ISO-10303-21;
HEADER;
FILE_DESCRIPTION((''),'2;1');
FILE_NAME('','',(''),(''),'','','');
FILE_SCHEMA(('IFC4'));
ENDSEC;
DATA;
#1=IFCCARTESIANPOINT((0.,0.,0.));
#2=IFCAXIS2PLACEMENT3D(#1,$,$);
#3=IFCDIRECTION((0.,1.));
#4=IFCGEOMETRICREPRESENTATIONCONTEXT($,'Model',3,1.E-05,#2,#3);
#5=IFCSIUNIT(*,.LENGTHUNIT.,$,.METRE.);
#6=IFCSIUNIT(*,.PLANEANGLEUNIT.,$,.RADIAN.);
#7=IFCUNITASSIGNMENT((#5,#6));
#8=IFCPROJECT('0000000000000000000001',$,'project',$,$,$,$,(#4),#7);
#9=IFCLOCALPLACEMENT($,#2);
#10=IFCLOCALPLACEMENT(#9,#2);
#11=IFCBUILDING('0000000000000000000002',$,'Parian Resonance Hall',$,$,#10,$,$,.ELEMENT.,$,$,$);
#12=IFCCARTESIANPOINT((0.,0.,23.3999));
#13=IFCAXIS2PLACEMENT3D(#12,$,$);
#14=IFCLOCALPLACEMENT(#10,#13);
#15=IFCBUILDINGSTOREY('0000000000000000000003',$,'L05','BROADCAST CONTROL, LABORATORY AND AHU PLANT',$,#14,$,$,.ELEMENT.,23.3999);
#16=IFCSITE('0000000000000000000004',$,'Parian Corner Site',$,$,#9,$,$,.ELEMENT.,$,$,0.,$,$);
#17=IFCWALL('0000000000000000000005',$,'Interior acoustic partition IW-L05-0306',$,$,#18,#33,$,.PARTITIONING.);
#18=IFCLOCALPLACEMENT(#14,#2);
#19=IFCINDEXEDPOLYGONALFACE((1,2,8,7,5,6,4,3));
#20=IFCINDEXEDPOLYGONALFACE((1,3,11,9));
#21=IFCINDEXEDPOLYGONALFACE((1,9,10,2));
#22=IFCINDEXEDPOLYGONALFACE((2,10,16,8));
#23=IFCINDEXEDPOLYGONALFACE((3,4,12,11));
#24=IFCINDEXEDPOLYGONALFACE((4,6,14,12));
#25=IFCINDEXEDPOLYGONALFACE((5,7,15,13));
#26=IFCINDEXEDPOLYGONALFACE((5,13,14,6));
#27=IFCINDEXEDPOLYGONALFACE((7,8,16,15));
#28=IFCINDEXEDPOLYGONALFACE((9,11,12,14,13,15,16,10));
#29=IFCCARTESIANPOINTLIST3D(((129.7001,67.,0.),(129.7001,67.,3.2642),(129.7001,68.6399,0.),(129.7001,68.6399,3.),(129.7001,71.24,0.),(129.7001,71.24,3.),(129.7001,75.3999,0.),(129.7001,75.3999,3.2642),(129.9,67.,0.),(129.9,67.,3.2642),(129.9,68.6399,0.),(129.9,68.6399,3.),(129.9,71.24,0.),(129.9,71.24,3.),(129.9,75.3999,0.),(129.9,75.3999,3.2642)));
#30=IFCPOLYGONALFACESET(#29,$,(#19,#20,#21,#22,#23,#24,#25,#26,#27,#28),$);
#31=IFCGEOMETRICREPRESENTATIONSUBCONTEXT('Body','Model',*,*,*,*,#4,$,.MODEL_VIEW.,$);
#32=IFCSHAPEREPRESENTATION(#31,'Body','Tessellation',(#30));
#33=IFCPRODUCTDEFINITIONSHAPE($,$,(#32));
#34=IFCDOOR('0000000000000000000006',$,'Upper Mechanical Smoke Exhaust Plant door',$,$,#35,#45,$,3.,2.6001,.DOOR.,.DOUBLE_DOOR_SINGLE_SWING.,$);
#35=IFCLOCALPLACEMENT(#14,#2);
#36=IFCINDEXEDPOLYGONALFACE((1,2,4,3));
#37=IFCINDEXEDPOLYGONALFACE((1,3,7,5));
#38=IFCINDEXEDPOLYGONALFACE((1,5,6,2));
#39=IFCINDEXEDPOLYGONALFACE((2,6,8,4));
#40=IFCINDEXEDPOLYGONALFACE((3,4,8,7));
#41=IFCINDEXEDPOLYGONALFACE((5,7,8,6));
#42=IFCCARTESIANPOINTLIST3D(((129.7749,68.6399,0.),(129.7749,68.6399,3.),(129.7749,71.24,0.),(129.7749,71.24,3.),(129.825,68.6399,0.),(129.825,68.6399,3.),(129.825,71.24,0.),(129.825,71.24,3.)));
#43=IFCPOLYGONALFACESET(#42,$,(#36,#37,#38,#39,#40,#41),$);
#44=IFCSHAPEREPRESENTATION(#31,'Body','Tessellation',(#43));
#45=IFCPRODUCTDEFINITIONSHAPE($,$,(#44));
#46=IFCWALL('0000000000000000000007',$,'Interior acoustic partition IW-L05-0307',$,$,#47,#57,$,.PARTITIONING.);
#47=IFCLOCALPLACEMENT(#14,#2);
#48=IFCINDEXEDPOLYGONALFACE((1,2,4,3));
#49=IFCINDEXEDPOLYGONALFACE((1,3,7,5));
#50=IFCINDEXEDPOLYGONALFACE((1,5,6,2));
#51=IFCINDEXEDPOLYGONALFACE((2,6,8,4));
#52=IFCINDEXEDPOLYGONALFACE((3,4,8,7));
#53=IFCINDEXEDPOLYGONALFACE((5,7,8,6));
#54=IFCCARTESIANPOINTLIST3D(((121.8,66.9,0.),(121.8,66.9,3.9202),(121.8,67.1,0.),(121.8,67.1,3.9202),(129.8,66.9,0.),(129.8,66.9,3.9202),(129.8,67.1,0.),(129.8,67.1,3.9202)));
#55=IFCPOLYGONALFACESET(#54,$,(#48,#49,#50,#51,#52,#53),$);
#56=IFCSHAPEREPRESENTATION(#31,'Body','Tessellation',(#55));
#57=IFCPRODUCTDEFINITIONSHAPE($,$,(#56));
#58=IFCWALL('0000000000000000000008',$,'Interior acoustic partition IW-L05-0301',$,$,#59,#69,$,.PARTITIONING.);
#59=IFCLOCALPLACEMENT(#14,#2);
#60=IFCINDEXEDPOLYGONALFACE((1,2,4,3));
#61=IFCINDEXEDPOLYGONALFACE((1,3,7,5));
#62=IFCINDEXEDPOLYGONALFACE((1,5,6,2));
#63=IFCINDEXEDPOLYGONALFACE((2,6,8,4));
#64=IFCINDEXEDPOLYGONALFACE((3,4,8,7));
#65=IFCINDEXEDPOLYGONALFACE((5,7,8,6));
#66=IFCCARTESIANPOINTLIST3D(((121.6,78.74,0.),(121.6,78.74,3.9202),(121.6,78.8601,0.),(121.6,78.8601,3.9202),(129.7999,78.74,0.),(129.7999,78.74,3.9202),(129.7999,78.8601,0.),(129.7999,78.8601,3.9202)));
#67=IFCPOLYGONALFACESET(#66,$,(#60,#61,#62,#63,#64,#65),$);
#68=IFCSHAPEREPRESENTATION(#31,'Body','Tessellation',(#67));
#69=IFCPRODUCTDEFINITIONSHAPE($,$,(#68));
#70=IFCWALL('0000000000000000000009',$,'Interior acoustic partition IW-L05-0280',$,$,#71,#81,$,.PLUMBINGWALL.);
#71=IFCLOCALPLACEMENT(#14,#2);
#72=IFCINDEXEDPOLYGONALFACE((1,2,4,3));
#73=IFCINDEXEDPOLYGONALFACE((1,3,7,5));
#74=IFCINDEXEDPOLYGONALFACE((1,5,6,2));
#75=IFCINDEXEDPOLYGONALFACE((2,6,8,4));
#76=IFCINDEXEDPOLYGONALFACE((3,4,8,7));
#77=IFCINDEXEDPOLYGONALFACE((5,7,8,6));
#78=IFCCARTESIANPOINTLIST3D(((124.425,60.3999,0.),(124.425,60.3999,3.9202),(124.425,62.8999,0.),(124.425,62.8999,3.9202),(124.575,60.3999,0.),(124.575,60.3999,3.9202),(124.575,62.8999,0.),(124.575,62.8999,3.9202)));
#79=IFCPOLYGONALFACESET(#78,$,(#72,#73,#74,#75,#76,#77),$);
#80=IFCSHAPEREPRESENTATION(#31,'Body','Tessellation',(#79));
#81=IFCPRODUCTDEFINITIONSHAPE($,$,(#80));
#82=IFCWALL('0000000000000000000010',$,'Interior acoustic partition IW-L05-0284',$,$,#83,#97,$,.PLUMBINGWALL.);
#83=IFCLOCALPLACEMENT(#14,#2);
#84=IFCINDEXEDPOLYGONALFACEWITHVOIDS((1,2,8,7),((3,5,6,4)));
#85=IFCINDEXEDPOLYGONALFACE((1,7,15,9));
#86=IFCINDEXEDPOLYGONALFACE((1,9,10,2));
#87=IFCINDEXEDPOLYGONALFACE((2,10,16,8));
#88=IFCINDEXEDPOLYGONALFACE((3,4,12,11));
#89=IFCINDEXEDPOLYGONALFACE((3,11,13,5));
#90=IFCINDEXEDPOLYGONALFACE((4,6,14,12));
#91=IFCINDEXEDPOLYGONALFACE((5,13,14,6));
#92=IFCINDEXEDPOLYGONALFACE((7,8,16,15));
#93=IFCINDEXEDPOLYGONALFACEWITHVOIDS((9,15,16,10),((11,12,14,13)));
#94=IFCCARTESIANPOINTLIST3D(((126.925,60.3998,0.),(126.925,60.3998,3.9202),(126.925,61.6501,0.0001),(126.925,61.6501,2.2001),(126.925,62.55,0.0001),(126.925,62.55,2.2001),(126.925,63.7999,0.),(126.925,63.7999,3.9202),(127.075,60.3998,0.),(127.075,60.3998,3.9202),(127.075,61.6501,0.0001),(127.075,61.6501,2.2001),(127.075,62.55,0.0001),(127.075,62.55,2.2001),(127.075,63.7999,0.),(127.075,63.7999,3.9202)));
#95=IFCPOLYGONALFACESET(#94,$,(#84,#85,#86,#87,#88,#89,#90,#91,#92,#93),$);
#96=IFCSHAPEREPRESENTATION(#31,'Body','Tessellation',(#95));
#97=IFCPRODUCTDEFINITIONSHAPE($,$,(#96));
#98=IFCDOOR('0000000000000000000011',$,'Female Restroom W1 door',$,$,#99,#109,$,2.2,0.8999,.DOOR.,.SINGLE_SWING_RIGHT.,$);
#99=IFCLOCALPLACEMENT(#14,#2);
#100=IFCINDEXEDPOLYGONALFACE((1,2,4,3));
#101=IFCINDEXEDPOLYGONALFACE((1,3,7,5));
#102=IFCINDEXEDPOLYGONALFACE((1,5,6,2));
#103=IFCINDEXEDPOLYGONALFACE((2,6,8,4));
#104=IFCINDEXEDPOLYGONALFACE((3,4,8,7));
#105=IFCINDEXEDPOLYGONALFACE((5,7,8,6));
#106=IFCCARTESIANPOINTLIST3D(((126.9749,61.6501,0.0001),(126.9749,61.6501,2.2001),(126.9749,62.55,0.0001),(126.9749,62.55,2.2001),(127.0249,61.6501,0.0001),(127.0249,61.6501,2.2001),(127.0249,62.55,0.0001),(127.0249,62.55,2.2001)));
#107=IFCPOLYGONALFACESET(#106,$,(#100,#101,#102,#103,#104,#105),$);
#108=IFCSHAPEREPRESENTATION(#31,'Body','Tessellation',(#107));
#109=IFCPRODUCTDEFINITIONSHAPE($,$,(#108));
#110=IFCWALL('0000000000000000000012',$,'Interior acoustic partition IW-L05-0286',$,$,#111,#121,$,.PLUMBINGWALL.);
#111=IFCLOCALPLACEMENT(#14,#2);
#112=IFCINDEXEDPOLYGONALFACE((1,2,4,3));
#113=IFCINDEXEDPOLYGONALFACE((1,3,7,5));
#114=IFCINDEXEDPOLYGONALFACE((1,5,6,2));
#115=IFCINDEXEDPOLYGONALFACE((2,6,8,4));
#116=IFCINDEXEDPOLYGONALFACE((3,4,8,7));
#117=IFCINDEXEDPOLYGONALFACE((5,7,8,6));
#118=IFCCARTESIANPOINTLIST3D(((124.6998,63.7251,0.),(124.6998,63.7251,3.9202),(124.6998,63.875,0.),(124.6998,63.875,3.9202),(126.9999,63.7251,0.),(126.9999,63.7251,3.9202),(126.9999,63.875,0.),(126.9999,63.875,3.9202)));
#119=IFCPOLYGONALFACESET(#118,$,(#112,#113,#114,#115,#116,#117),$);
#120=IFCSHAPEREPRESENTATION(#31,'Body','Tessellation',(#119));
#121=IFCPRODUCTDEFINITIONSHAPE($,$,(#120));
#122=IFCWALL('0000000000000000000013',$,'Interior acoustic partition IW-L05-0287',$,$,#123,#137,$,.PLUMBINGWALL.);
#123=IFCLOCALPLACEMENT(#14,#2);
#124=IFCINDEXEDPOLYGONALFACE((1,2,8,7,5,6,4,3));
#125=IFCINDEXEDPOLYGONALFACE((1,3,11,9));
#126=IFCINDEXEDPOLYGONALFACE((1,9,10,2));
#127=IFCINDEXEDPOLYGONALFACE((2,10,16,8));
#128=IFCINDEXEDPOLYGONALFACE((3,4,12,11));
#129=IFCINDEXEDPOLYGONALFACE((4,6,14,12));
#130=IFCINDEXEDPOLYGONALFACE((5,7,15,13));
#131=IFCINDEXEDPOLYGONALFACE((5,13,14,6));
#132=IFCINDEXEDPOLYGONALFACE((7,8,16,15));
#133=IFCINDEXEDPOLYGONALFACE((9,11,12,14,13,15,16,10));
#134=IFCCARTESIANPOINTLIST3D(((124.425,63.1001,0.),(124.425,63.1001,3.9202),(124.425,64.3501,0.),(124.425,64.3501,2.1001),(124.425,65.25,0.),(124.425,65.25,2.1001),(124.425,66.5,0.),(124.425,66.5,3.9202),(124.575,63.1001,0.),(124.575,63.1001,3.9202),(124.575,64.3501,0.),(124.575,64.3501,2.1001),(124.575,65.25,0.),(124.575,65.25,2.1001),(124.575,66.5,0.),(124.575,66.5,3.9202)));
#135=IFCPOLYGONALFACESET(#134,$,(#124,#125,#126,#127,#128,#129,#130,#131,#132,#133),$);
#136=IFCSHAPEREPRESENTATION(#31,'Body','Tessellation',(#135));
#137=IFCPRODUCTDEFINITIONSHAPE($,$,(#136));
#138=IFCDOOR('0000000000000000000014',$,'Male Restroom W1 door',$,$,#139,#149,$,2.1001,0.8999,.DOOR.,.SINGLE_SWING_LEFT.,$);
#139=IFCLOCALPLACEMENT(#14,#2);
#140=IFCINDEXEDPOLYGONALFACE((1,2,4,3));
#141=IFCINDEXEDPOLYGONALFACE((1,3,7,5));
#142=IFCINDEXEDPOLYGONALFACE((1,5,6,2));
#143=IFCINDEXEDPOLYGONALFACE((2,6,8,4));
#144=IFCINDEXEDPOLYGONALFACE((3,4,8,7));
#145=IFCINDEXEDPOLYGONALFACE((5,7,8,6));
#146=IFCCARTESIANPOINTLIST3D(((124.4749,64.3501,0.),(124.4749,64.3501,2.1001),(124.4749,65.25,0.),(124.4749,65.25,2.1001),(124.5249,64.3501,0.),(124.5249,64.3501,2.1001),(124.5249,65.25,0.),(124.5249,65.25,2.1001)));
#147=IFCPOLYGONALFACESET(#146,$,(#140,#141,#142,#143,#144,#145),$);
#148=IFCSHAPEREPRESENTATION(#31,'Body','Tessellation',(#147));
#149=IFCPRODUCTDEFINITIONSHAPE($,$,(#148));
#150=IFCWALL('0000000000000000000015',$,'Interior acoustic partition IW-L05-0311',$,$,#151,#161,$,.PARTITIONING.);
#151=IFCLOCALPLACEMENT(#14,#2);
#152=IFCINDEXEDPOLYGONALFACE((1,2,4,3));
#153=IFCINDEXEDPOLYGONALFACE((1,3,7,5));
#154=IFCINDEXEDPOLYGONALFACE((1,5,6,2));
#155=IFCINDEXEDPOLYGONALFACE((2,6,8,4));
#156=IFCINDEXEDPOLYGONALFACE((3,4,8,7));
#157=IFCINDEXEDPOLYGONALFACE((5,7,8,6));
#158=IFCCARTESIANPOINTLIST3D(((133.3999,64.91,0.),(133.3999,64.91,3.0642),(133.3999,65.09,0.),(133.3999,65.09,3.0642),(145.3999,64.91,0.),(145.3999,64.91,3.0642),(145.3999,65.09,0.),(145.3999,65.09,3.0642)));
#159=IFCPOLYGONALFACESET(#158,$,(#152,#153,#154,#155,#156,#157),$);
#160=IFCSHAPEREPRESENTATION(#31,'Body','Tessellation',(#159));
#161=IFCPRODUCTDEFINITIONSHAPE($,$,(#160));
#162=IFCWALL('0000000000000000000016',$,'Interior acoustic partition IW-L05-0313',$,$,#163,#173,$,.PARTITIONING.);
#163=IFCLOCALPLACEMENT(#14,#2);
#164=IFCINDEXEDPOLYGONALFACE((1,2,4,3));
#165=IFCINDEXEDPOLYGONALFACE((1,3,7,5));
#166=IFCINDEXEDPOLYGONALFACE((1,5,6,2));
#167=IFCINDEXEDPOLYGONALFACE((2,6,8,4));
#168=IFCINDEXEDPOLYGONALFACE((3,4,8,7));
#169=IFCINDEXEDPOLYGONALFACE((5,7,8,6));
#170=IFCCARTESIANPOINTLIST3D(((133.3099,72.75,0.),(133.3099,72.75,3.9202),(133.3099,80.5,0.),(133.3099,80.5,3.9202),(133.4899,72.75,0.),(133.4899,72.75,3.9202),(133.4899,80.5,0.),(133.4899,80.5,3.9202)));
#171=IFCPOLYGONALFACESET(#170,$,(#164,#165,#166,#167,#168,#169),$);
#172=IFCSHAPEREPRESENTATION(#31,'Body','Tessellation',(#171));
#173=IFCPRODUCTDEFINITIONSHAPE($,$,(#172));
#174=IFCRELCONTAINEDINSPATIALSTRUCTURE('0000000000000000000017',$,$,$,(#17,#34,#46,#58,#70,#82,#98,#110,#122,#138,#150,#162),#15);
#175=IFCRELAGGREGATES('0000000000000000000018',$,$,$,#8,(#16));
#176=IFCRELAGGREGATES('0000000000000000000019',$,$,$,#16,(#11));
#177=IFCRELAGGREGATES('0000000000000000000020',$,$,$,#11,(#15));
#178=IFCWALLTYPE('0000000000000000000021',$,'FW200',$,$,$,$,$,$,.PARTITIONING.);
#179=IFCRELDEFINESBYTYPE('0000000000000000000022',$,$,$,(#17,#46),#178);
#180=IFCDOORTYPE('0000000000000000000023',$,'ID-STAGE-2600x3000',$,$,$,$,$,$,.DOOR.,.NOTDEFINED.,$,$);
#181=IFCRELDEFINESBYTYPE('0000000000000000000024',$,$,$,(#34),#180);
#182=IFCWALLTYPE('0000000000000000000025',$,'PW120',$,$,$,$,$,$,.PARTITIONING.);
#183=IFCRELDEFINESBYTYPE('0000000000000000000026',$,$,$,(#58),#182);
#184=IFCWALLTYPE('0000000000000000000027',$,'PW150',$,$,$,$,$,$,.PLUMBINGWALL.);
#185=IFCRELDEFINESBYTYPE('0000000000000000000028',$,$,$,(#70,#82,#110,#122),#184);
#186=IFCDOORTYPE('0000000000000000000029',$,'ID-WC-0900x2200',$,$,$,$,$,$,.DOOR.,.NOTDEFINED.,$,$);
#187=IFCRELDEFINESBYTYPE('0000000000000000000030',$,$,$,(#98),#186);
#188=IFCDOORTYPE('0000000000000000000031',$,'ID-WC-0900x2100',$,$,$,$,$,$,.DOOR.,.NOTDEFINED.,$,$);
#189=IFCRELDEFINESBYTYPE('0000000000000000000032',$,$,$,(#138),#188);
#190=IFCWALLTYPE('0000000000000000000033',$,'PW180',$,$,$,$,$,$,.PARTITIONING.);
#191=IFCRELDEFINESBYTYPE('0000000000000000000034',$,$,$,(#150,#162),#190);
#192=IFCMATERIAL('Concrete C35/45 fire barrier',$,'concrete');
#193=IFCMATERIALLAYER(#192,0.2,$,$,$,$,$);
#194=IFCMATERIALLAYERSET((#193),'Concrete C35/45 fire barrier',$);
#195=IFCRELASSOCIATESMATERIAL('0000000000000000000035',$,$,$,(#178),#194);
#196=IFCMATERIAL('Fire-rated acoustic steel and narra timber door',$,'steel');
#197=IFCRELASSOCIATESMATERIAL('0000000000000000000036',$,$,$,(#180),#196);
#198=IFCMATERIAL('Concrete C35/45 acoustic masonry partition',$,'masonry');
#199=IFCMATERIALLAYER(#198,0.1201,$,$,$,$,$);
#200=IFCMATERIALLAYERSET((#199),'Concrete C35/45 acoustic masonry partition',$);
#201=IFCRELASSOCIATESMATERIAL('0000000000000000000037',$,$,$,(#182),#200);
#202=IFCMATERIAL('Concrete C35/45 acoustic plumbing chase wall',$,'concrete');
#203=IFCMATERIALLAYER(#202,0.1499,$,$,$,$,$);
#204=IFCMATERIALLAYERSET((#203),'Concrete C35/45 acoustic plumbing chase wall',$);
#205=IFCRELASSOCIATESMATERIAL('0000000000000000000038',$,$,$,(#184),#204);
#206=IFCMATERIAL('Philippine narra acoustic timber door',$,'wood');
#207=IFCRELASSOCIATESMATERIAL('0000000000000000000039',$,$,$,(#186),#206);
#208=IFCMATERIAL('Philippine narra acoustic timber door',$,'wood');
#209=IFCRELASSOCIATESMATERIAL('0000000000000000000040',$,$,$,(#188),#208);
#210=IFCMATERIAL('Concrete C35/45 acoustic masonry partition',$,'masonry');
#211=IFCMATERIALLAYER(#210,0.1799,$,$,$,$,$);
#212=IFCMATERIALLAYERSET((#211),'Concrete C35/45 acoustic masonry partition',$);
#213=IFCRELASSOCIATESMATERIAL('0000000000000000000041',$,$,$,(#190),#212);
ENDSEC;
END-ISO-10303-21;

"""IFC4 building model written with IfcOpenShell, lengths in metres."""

from ifc_helpers import new_model, si_unit, direction, frame, frame_2d, origin, place, context, subcontext, project, spatial, rectangle, extrude, material, layer, layer_set, type_object, element, fill, save


model = new_model("IFC4")

# Units and contexts
model_context = context("Model", 3, precision=1e-05, world=origin(), true_north=direction((0.0, 1.0)))
body_context = subcontext(model_context, "Body", "Model", "MODEL_VIEW")
ifc_project = project(units=[si_unit("LENGTHUNIT", "METRE"), si_unit("PLANEANGLEUNIT", "RADIAN")], contexts=[model_context])

# Site, building, storey
site_placement = place(None, origin())
site = spatial("IfcSite", under=ifc_project, at=site_placement, Name="Parian Corner Site", CompositionType="ELEMENT", RefElevation=0.0)
building_placement = place(site_placement, origin())
building = spatial("IfcBuilding", under=site, at=building_placement, Name="Parian Resonance Hall", CompositionType="ELEMENT")
storey_placement = place(building_placement, frame((0.0, 0.0, 23.3999)))
storey = spatial("IfcBuildingStorey", under=building, at=storey_placement, Name="L05", Description="BROADCAST CONTROL, LABORATORY AND AHU PLANT", CompositionType="ELEMENT", Elevation=23.3999)

# Shared definitions
ifc_material_1 = material(Name="Concrete C35/45 fire barrier", Category="concrete")
ifc_layer_1 = layer(ifc_material_1, 0.2)
ifc_layer_set_1 = layer_set([ifc_layer_1], Name="Concrete C35/45 fire barrier")
wall_type_1 = type_object("IfcWallType", Name="FW200", PredefinedType="PARTITIONING", material=ifc_layer_set_1)

# Wall, opening, door
wall_1_placement = place(storey_placement, frame((129.8, 75.3999, 0.0), z_axis=(0.0, 0.0, 1.0), x_axis=(0.0, -1.0, 0.0)))
wall_1 = element("IfcWall", 1, at=wall_1_placement, inside=storey, type_object=wall_type_1, Name="Interior acoustic partition IW-L05-0306", PredefinedType="PARTITIONING", context=body_context, shape_type="SweptSolid", body=[
    extrude(rectangle(XDim=8.3999, YDim=0.2, at=frame_2d((4.2, 0.0))), origin(), (0.0, 0.0, 1.0), 3.2642),
])
opening_1_placement = place(wall_1_placement, frame((4.1599, 0.0, 0.0)))
opening_1 = element("IfcOpeningElement", 2, at=opening_1_placement, cuts=wall_1, PredefinedType="OPENING", context=body_context, shape_type="SweptSolid", body=[
    extrude(rectangle(XDim=2.6001, YDim=3.0, at=frame_2d((1.3, 1.5))), frame((0.0, 0.1099, 0.0), z_axis=(0.0, -1.0, 0.0), x_axis=(1.0, 0.0, 0.0)), (0.0, 0.0, 1.0), 0.22),
])
ifc_material_2 = material(Name="Fire-rated acoustic steel and narra timber door", Category="steel")
door_type_1 = type_object("IfcDoorType", Name="ID-STAGE-2600x3000", OperationType="NOTDEFINED", PredefinedType="DOOR", material=ifc_material_2)
door_1_placement = place(opening_1_placement, origin())
door_1 = element("IfcDoor", 3, at=door_1_placement, inside=storey, type_object=door_type_1, Name="Upper Mechanical Smoke Exhaust Plant door", OperationType="DOUBLE_DOOR_SINGLE_SWING", OverallHeight=3.0, OverallWidth=2.6001, PredefinedType="DOOR", context=body_context, shape_type="SweptSolid", body=[
    extrude(rectangle(XDim=2.6001, YDim=3.0, at=frame_2d((1.3, 1.5))), frame((0.0, 0.0249, 0.0), z_axis=(0.0, -1.0, 0.0), x_axis=(1.0, 0.0, 0.0)), (0.0, 0.0, 1.0), 0.05),
])
fill(opening_1, door_1)

# Walls
wall_2_placement = place(storey_placement, frame((129.8, 67.0, 0.0), z_axis=(0.0, 0.0, 1.0), x_axis=(-1.0, 0.0, 0.0)))
element("IfcWall", 4, at=wall_2_placement, inside=storey, type_object=wall_type_1, Name="Interior acoustic partition IW-L05-0307", PredefinedType="PARTITIONING", context=body_context, shape_type="SweptSolid", body=[
    extrude(rectangle(XDim=8.0, YDim=0.2, at=frame_2d((4.0, 0.0))), origin(), (0.0, 0.0, 1.0), 3.9202),
])
ifc_material_3 = material(Name="Concrete C35/45 acoustic masonry partition", Category="masonry")
ifc_layer_2 = layer(ifc_material_3, 0.1201)
ifc_layer_set_2 = layer_set([ifc_layer_2], Name="Concrete C35/45 acoustic masonry partition")
wall_type_2 = type_object("IfcWallType", Name="PW120", PredefinedType="PARTITIONING", material=ifc_layer_set_2)
wall_3_placement = place(storey_placement, frame((129.8, 78.8, 0.0), z_axis=(0.0, 0.0, 1.0), x_axis=(-1.0, 0.0, 0.0)))
element("IfcWall", 5, at=wall_3_placement, inside=storey, type_object=wall_type_2, Name="Interior acoustic partition IW-L05-0301", PredefinedType="PARTITIONING", context=body_context, shape_type="SweptSolid", body=[
    extrude(rectangle(XDim=8.2, YDim=0.1201, at=frame_2d((4.1001, 0.0))), origin(), (0.0, 0.0, 1.0), 3.9202),
])
ifc_material_4 = material(Name="Concrete C35/45 acoustic plumbing chase wall", Category="concrete")
ifc_layer_3 = layer(ifc_material_4, 0.1499)
ifc_layer_set_3 = layer_set([ifc_layer_3], Name="Concrete C35/45 acoustic plumbing chase wall")
wall_type_3 = type_object("IfcWallType", Name="PW150", PredefinedType="PLUMBINGWALL", material=ifc_layer_set_3)
wall_4_placement = place(storey_placement, frame((124.5, 62.8999, 0.0), z_axis=(0.0, 0.0, 1.0), x_axis=(0.0, -1.0, 0.0)))
element("IfcWall", 6, at=wall_4_placement, inside=storey, type_object=wall_type_3, Name="Interior acoustic partition IW-L05-0280", PredefinedType="PLUMBINGWALL", context=body_context, shape_type="SweptSolid", body=[
    extrude(rectangle(XDim=2.5, YDim=0.1499, at=frame_2d((1.25, 0.0))), origin(), (0.0, 0.0, 1.0), 3.9202),
])

# Wall, opening, door
wall_5_placement = place(storey_placement, frame((127.0, 63.8, 0.0), z_axis=(0.0, 0.0, 1.0), x_axis=(0.0, -1.0, 0.0)))
wall_5 = element("IfcWall", 7, at=wall_5_placement, inside=storey, type_object=wall_type_3, Name="Interior acoustic partition IW-L05-0284", PredefinedType="PLUMBINGWALL", context=body_context, shape_type="SweptSolid", body=[
    extrude(rectangle(XDim=3.4001, YDim=0.1499, at=frame_2d((1.7002, 0.0))), origin(), (0.0, 0.0, 1.0), 3.9202),
])
opening_2_placement = place(wall_5_placement, frame((1.25, 0.0, 0.0)))
opening_2 = element("IfcOpeningElement", 8, at=opening_2_placement, cuts=wall_5, PredefinedType="OPENING", context=body_context, shape_type="SweptSolid", body=[
    extrude(rectangle(XDim=0.8999, YDim=2.2, at=frame_2d((0.45, 1.1001))), frame((0.0, 0.085, 0.0), z_axis=(0.0, -1.0, 0.0), x_axis=(1.0, 0.0, 0.0)), (0.0, 0.0, 1.0), 0.1699),
])
ifc_material_5 = material(Name="Philippine narra acoustic timber door", Category="wood")
door_type_2 = type_object("IfcDoorType", Name="ID-WC-0900x2200", OperationType="NOTDEFINED", PredefinedType="DOOR", material=ifc_material_5)
door_2_placement = place(opening_2_placement, origin())
door_2 = element("IfcDoor", 9, at=door_2_placement, inside=storey, type_object=door_type_2, Name="Female Restroom W1 door", OperationType="SINGLE_SWING_RIGHT", OverallHeight=2.2, OverallWidth=0.8999, PredefinedType="DOOR", context=body_context, shape_type="SweptSolid", body=[
    extrude(rectangle(XDim=0.8999, YDim=2.2, at=frame_2d((0.45, 1.1001))), frame((0.0, 0.0249, 0.0), z_axis=(0.0, -1.0, 0.0), x_axis=(1.0, 0.0, 0.0)), (0.0, 0.0, 1.0), 0.05),
])
fill(opening_2, door_2)

# Wall
wall_6_placement = place(storey_placement, frame((124.7, 63.8, 0.0), z_axis=(0.0, 0.0, 1.0), x_axis=(1.0, 0.0, 0.0)))
element("IfcWall", 10, at=wall_6_placement, inside=storey, type_object=wall_type_3, Name="Interior acoustic partition IW-L05-0286", PredefinedType="PLUMBINGWALL", context=body_context, shape_type="SweptSolid", body=[
    extrude(rectangle(XDim=2.3, YDim=0.1499, at=frame_2d((1.1499, 0.0))), origin(), (0.0, 0.0, 1.0), 3.9202),
])

# Wall, opening, door
wall_7_placement = place(storey_placement, frame((124.5, 66.5, 0.0), z_axis=(0.0, 0.0, 1.0), x_axis=(0.0, -1.0, 0.0)))
wall_7 = element("IfcWall", 11, at=wall_7_placement, inside=storey, type_object=wall_type_3, Name="Interior acoustic partition IW-L05-0287", PredefinedType="PLUMBINGWALL", context=body_context, shape_type="SweptSolid", body=[
    extrude(rectangle(XDim=3.3999, YDim=0.1499, at=frame_2d((1.7, 0.0))), origin(), (0.0, 0.0, 1.0), 3.9202),
])
opening_3_placement = place(wall_7_placement, frame((1.25, 0.0, 0.0)))
opening_3 = element("IfcOpeningElement", 12, at=opening_3_placement, cuts=wall_7, PredefinedType="OPENING", context=body_context, shape_type="SweptSolid", body=[
    extrude(rectangle(XDim=0.8999, YDim=2.1001, at=frame_2d((0.45, 1.05))), frame((0.0, 0.085, 0.0), z_axis=(0.0, -1.0, 0.0), x_axis=(1.0, 0.0, 0.0)), (0.0, 0.0, 1.0), 0.1699),
])
ifc_material_6 = material(Name="Philippine narra acoustic timber door", Category="wood")
door_type_3 = type_object("IfcDoorType", Name="ID-WC-0900x2100", OperationType="NOTDEFINED", PredefinedType="DOOR", material=ifc_material_6)
door_3_placement = place(opening_3_placement, origin())
door_3 = element("IfcDoor", 13, at=door_3_placement, inside=storey, type_object=door_type_3, Name="Male Restroom W1 door", OperationType="SINGLE_SWING_LEFT", OverallHeight=2.1001, OverallWidth=0.8999, PredefinedType="DOOR", context=body_context, shape_type="SweptSolid", body=[
    extrude(rectangle(XDim=0.8999, YDim=2.1001, at=frame_2d((0.45, 1.05))), frame((0.0, 0.0249, 0.0), z_axis=(0.0, -1.0, 0.0), x_axis=(1.0, 0.0, 0.0)), (0.0, 0.0, 1.0), 0.05),
])
fill(opening_3, door_3)

# Wall
ifc_material_7 = material(Name="Concrete C35/45 acoustic masonry partition", Category="masonry")
ifc_layer_4 = layer(ifc_material_7, 0.1799)
ifc_layer_set_4 = layer_set([ifc_layer_4], Name="Concrete C35/45 acoustic masonry partition")
wall_type_4 = type_object("IfcWallType", Name="PW180", PredefinedType="PARTITIONING", material=ifc_layer_set_4)
wall_8_placement = place(storey_placement, frame((145.3999, 65.0, 0.0), z_axis=(0.0, 0.0, 1.0), x_axis=(-1.0, 0.0, 0.0)))
element("IfcWall", 14, at=wall_8_placement, inside=storey, type_object=wall_type_4, Name="Interior acoustic partition IW-L05-0311", PredefinedType="PARTITIONING", context=body_context, shape_type="SweptSolid", body=[
    extrude(rectangle(XDim=12.0, YDim=0.1799, at=frame_2d((6.0, 0.0))), origin(), (0.0, 0.0, 1.0), 3.0642),
])

# Wall
wall_9_placement = place(storey_placement, frame((133.3999, 72.75, 0.0), z_axis=(0.0, 0.0, 1.0), x_axis=(0.0, 1.0, 0.0)))
element("IfcWall", 15, at=wall_9_placement, inside=storey, type_object=wall_type_4, Name="Interior acoustic partition IW-L05-0313", PredefinedType="PARTITIONING", context=body_context, shape_type="SweptSolid", body=[
    extrude(rectangle(XDim=7.75, YDim=0.1799, at=frame_2d((3.875, 0.0))), origin(), (0.0, 0.0, 1.0), 3.9202),
])

save(model, "model.ifc")
